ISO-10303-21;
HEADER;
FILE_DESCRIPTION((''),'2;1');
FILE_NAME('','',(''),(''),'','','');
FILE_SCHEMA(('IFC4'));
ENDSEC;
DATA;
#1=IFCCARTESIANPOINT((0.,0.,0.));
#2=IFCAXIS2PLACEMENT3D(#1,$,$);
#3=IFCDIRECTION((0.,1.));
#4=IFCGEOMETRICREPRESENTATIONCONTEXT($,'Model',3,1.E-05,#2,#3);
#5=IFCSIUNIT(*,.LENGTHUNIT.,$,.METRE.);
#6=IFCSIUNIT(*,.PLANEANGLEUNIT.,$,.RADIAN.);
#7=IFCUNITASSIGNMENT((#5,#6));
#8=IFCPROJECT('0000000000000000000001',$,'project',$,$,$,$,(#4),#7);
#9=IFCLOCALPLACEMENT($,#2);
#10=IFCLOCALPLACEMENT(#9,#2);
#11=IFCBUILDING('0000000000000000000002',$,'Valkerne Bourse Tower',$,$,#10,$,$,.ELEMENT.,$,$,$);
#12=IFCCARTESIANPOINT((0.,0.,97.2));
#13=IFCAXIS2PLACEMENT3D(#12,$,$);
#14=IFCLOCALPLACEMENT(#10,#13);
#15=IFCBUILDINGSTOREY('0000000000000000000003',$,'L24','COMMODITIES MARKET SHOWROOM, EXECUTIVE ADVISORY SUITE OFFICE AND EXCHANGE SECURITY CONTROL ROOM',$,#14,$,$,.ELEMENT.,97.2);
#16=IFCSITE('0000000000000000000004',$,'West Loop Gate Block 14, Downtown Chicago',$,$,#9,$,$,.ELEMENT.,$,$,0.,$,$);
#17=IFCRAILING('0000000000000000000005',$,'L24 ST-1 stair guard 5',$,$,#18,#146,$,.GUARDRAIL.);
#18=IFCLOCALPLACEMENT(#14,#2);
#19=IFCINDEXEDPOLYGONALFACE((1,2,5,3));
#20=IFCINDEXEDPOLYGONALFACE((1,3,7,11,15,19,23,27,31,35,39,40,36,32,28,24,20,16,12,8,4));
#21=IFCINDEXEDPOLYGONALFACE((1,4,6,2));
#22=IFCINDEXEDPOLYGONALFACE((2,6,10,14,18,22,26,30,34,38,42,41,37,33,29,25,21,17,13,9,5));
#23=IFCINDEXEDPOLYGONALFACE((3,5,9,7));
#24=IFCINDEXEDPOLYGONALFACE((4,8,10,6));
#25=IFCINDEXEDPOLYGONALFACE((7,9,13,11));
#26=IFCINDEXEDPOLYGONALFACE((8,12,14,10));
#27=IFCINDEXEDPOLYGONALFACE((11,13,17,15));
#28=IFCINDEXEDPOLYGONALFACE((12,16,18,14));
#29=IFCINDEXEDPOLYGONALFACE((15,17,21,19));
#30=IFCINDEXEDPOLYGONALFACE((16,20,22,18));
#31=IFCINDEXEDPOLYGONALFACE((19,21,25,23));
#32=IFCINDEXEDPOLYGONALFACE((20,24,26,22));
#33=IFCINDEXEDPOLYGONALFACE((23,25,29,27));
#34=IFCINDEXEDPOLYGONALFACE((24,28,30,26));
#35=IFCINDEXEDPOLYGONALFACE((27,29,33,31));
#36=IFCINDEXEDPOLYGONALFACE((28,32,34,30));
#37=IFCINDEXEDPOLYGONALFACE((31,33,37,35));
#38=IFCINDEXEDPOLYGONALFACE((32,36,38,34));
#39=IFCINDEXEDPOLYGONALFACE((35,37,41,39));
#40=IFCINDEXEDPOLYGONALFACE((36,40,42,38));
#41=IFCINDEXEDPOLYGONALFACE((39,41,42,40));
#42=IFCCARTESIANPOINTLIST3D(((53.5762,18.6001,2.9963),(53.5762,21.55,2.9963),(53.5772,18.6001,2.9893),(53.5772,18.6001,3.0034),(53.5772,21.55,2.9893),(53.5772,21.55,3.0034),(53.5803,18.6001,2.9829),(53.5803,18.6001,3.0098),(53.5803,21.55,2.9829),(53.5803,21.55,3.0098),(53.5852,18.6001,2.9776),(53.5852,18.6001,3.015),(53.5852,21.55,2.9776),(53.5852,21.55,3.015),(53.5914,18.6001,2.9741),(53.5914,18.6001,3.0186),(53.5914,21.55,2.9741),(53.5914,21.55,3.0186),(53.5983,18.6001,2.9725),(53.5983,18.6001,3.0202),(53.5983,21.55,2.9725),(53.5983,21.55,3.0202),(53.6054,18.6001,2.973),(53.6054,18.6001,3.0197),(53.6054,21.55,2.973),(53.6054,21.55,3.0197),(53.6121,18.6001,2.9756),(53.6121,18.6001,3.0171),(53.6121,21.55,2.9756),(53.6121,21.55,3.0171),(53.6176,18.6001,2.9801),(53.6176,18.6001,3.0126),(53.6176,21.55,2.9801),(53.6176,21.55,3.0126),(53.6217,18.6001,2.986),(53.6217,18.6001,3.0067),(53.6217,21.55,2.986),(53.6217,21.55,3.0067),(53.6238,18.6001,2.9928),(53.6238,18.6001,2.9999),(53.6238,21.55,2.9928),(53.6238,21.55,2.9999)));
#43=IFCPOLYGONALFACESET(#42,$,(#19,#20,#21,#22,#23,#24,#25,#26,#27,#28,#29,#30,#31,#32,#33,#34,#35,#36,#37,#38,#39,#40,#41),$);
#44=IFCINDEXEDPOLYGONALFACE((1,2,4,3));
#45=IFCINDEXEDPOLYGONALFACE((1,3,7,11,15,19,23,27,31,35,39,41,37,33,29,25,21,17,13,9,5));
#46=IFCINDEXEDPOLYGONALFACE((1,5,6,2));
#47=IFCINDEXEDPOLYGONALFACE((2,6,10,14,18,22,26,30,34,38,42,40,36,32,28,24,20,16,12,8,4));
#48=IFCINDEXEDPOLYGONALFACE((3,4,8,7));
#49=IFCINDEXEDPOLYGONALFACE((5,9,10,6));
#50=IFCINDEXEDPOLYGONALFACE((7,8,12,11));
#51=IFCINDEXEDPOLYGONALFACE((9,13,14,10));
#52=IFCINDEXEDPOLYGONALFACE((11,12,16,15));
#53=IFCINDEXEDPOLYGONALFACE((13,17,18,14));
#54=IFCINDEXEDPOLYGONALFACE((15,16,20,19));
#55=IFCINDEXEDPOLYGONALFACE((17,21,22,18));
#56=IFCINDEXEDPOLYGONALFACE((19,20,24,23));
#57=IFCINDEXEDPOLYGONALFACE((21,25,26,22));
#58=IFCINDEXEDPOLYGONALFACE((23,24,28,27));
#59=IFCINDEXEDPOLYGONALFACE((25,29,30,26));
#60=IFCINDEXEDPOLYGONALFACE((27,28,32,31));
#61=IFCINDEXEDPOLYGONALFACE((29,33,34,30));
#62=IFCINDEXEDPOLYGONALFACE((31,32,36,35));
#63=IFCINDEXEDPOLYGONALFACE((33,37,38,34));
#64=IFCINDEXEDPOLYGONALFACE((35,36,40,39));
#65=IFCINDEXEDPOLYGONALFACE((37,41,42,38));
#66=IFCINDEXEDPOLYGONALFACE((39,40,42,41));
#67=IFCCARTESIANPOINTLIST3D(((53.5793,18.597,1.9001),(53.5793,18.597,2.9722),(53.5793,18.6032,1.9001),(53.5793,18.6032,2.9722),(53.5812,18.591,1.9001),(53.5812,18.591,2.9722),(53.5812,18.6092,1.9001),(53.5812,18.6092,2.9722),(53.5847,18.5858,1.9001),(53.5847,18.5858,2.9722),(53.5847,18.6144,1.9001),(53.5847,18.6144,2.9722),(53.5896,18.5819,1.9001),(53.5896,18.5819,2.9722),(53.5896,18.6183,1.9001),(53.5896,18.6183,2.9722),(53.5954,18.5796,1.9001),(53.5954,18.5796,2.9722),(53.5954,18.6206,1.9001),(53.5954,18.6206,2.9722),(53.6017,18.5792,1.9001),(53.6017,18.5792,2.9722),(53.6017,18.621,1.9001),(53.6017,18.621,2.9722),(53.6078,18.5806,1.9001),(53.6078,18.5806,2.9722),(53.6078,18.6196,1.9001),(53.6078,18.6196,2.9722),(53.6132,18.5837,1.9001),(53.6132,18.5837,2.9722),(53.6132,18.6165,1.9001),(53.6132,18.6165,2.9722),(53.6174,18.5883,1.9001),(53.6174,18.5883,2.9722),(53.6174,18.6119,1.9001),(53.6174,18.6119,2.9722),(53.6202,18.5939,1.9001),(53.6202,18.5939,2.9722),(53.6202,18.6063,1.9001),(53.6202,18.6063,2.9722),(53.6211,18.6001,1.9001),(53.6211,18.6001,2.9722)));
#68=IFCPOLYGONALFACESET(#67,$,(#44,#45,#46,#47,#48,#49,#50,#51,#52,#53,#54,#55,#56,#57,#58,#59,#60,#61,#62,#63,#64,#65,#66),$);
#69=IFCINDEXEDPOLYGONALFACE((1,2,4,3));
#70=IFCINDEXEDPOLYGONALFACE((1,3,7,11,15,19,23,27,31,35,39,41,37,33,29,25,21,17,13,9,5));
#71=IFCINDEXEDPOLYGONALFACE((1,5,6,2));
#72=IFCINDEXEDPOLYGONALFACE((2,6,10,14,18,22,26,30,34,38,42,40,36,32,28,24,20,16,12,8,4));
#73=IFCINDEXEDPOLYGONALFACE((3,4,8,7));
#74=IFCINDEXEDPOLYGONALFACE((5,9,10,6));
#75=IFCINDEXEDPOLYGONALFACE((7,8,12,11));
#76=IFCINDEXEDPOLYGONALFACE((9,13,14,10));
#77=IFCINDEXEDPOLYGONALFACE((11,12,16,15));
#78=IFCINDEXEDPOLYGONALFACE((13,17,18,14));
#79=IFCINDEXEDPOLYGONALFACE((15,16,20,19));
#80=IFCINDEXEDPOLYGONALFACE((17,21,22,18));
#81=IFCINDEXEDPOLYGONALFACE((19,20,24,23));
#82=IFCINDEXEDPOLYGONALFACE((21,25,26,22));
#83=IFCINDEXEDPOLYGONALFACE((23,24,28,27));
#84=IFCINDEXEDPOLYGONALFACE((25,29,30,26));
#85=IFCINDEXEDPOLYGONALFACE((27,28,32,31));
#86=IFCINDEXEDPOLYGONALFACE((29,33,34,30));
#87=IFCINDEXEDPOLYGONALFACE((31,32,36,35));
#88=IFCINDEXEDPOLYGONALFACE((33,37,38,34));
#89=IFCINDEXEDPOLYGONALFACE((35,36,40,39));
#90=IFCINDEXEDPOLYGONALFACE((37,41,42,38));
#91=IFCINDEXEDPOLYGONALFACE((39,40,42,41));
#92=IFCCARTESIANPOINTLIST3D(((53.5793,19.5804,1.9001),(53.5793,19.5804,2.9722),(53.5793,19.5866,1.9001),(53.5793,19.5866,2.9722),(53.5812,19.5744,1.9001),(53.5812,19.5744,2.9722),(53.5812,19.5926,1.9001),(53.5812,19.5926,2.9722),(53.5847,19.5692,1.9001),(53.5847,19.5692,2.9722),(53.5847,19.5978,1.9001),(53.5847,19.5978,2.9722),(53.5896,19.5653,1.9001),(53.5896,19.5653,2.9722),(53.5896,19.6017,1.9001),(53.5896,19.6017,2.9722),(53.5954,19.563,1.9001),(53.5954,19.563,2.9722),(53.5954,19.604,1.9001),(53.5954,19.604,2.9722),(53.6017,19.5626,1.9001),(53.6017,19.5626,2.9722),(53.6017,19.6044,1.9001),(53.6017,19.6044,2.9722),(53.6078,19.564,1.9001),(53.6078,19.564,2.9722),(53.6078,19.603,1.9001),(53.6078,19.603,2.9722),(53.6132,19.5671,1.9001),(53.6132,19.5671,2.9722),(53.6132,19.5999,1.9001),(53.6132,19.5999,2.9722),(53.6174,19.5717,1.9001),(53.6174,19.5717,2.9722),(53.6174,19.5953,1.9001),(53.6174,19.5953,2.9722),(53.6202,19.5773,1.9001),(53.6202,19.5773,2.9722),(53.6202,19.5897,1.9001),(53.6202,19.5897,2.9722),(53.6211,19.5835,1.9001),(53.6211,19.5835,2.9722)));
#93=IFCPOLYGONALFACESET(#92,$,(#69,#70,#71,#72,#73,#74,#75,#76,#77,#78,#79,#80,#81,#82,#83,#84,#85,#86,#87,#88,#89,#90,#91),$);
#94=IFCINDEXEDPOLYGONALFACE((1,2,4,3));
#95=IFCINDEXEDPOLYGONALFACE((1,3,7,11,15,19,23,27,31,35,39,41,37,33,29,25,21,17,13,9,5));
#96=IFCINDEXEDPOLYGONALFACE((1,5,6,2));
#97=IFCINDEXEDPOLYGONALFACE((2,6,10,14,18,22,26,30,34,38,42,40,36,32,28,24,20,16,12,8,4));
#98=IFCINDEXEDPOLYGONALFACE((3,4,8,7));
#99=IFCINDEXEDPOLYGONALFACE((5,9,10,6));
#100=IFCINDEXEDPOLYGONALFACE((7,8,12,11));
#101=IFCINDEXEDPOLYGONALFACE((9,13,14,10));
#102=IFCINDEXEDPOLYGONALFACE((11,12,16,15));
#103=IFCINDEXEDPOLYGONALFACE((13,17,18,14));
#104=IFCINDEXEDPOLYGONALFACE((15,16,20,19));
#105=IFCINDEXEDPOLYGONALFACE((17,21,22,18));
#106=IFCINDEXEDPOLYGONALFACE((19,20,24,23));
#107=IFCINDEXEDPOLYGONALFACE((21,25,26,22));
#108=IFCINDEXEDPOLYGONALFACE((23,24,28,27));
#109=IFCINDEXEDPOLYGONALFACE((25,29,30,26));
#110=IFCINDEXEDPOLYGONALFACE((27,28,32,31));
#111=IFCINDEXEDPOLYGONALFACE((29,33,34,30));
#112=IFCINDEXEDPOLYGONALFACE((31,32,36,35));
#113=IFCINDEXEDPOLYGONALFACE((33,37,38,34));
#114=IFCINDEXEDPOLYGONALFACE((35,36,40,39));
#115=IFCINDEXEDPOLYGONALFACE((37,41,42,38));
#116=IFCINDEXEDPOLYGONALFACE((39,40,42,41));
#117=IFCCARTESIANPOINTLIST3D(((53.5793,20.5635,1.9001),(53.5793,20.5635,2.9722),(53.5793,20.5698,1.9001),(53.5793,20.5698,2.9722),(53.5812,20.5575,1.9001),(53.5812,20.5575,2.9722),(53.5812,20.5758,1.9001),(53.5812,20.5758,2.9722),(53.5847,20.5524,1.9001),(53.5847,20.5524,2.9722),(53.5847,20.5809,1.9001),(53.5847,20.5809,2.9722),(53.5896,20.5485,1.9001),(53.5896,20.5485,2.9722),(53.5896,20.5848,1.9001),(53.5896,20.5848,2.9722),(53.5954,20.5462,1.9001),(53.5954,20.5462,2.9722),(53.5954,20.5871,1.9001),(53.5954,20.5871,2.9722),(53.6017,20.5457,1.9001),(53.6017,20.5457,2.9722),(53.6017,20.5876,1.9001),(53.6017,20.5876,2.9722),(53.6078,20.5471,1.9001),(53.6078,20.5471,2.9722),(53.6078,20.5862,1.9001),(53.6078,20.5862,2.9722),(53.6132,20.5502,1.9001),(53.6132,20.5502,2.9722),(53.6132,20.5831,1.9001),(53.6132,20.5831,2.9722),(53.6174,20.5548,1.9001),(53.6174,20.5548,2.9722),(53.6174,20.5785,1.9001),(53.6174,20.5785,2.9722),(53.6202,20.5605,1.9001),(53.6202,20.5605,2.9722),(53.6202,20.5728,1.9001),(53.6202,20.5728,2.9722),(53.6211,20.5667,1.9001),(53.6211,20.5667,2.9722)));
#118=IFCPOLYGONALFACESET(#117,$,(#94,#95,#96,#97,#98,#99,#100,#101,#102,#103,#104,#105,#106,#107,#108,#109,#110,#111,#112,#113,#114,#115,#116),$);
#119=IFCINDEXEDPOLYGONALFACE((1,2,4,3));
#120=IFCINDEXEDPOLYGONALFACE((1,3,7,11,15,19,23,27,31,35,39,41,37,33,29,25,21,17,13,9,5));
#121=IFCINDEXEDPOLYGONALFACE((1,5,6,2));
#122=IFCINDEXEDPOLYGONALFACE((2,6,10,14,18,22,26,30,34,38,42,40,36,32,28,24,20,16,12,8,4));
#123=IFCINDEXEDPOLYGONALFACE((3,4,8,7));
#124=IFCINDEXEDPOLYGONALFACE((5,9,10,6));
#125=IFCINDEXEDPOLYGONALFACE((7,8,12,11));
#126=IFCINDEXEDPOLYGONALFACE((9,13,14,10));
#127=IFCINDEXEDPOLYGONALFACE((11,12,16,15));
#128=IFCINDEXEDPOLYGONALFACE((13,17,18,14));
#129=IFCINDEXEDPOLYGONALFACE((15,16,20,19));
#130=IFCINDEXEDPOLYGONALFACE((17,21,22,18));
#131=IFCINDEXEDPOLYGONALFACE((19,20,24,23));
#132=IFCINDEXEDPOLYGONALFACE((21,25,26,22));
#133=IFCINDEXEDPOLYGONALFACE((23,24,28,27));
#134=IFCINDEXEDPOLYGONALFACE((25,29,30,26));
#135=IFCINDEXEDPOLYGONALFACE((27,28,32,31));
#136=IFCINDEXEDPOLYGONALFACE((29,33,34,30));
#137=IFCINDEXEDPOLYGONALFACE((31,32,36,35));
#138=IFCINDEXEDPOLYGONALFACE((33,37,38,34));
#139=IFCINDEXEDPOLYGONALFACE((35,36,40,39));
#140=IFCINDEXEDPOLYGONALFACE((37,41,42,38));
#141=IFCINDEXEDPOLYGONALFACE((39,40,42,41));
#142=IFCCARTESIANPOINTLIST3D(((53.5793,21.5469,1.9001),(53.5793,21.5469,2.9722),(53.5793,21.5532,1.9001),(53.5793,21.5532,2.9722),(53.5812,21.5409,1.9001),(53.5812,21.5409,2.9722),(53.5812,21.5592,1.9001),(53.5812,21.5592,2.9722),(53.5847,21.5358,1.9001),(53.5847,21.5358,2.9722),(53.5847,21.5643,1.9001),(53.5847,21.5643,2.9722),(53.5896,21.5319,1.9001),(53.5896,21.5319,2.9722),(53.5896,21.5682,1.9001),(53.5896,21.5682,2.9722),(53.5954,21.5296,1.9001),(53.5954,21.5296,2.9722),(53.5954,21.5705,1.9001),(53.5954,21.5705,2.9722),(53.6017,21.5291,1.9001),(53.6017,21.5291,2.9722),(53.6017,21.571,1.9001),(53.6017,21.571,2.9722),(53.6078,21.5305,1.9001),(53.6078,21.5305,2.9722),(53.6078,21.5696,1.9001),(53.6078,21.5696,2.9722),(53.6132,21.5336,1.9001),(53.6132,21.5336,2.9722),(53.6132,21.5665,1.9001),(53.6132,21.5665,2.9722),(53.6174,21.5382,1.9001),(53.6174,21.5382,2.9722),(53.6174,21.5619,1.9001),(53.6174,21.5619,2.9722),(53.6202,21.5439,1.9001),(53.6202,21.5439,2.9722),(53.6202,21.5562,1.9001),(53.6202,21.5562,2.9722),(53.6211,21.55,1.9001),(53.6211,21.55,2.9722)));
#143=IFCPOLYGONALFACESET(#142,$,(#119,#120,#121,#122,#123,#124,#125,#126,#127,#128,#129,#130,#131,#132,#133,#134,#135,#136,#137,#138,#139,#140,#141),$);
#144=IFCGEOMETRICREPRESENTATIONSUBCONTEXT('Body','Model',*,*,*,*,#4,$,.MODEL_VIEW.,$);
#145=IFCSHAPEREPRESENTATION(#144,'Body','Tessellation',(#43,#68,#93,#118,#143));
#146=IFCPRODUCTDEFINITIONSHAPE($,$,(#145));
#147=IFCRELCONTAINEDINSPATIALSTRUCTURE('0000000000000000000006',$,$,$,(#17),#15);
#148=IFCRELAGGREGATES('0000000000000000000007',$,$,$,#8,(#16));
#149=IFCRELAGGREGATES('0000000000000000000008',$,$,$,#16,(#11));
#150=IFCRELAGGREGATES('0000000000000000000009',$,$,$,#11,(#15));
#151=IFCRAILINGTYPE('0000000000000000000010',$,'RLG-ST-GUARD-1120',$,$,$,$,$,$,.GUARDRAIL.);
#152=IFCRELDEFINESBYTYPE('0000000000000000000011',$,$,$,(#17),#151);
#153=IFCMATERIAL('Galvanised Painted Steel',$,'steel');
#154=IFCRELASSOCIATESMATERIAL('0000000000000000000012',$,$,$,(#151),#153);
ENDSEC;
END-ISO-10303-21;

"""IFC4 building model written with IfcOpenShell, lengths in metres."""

from ifc_helpers import new_model, si_unit, direction, frame, origin, origin_2d, place, context, subcontext, project, spatial, circle, extrude, material, type_object, element, save


model = new_model("IFC4")

# Units and contexts
model_context = context("Model", 3, precision=1e-05, world=origin(), true_north=direction((0.0, 1.0)))
body_context = subcontext(model_context, "Body", "Model", "MODEL_VIEW")
ifc_project = project(units=[si_unit("LENGTHUNIT", "METRE"), si_unit("PLANEANGLEUNIT", "RADIAN")], contexts=[model_context])

# Site, building, storey
site_placement = place(None, origin())
site = spatial("IfcSite", under=ifc_project, at=site_placement, Name="West Loop Gate Block 14, Downtown Chicago", CompositionType="ELEMENT", RefElevation=0.0)
building_placement = place(site_placement, origin())
building = spatial("IfcBuilding", under=site, at=building_placement, Name="Valkerne Bourse Tower", CompositionType="ELEMENT")
storey_placement = place(building_placement, frame((0.0, 0.0, 97.2)))
storey = spatial("IfcBuildingStorey", under=building, at=storey_placement, Name="L24", Description="COMMODITIES MARKET SHOWROOM, EXECUTIVE ADVISORY SUITE OFFICE AND EXCHANGE SECURITY CONTROL ROOM", CompositionType="ELEMENT", Elevation=97.2)

# Shared definitions
ifc_material_1 = material(Name="Galvanised Painted Steel", Category="steel")

# Railing
railing_type = type_object("IfcRailingType", Name="RLG-ST-GUARD-1120", PredefinedType="GUARDRAIL", material=ifc_material_1)
railing_placement = place(storey_placement, frame((53.6001, 18.6001, 1.9001)))
element("IfcRailing", 1, at=railing_placement, inside=storey, type_object=railing_type, Name="L24 ST-1 stair guard 5", PredefinedType="GUARDRAIL", context=body_context, shape_type="SweptSolid", body=[
    extrude(circle(Radius=0.0239, at=origin_2d()), frame((0.0, 0.0, 1.0962), z_axis=(0.0, 1.0, 0.0), x_axis=(-1.0, 0.0, 0.0)), (0.0, 0.0, 1.0), 2.95),
    extrude(circle(Radius=0.021, at=origin_2d()), origin(), (0.0, 0.0, 1.0), 1.072),
    extrude(circle(Radius=0.021, at=origin_2d()), frame((0.0, 0.9834, 0.0)), (0.0, 0.0, 1.0), 1.072),
    extrude(circle(Radius=0.021, at=origin_2d()), frame((0.0, 1.9666, 0.0)), (0.0, 0.0, 1.0), 1.072),
    extrude(circle(Radius=0.021, at=origin_2d()), frame((0.0, 2.95, 0.0)), (0.0, 0.0, 1.0), 1.072),
])

save(model, "model.ifc")
